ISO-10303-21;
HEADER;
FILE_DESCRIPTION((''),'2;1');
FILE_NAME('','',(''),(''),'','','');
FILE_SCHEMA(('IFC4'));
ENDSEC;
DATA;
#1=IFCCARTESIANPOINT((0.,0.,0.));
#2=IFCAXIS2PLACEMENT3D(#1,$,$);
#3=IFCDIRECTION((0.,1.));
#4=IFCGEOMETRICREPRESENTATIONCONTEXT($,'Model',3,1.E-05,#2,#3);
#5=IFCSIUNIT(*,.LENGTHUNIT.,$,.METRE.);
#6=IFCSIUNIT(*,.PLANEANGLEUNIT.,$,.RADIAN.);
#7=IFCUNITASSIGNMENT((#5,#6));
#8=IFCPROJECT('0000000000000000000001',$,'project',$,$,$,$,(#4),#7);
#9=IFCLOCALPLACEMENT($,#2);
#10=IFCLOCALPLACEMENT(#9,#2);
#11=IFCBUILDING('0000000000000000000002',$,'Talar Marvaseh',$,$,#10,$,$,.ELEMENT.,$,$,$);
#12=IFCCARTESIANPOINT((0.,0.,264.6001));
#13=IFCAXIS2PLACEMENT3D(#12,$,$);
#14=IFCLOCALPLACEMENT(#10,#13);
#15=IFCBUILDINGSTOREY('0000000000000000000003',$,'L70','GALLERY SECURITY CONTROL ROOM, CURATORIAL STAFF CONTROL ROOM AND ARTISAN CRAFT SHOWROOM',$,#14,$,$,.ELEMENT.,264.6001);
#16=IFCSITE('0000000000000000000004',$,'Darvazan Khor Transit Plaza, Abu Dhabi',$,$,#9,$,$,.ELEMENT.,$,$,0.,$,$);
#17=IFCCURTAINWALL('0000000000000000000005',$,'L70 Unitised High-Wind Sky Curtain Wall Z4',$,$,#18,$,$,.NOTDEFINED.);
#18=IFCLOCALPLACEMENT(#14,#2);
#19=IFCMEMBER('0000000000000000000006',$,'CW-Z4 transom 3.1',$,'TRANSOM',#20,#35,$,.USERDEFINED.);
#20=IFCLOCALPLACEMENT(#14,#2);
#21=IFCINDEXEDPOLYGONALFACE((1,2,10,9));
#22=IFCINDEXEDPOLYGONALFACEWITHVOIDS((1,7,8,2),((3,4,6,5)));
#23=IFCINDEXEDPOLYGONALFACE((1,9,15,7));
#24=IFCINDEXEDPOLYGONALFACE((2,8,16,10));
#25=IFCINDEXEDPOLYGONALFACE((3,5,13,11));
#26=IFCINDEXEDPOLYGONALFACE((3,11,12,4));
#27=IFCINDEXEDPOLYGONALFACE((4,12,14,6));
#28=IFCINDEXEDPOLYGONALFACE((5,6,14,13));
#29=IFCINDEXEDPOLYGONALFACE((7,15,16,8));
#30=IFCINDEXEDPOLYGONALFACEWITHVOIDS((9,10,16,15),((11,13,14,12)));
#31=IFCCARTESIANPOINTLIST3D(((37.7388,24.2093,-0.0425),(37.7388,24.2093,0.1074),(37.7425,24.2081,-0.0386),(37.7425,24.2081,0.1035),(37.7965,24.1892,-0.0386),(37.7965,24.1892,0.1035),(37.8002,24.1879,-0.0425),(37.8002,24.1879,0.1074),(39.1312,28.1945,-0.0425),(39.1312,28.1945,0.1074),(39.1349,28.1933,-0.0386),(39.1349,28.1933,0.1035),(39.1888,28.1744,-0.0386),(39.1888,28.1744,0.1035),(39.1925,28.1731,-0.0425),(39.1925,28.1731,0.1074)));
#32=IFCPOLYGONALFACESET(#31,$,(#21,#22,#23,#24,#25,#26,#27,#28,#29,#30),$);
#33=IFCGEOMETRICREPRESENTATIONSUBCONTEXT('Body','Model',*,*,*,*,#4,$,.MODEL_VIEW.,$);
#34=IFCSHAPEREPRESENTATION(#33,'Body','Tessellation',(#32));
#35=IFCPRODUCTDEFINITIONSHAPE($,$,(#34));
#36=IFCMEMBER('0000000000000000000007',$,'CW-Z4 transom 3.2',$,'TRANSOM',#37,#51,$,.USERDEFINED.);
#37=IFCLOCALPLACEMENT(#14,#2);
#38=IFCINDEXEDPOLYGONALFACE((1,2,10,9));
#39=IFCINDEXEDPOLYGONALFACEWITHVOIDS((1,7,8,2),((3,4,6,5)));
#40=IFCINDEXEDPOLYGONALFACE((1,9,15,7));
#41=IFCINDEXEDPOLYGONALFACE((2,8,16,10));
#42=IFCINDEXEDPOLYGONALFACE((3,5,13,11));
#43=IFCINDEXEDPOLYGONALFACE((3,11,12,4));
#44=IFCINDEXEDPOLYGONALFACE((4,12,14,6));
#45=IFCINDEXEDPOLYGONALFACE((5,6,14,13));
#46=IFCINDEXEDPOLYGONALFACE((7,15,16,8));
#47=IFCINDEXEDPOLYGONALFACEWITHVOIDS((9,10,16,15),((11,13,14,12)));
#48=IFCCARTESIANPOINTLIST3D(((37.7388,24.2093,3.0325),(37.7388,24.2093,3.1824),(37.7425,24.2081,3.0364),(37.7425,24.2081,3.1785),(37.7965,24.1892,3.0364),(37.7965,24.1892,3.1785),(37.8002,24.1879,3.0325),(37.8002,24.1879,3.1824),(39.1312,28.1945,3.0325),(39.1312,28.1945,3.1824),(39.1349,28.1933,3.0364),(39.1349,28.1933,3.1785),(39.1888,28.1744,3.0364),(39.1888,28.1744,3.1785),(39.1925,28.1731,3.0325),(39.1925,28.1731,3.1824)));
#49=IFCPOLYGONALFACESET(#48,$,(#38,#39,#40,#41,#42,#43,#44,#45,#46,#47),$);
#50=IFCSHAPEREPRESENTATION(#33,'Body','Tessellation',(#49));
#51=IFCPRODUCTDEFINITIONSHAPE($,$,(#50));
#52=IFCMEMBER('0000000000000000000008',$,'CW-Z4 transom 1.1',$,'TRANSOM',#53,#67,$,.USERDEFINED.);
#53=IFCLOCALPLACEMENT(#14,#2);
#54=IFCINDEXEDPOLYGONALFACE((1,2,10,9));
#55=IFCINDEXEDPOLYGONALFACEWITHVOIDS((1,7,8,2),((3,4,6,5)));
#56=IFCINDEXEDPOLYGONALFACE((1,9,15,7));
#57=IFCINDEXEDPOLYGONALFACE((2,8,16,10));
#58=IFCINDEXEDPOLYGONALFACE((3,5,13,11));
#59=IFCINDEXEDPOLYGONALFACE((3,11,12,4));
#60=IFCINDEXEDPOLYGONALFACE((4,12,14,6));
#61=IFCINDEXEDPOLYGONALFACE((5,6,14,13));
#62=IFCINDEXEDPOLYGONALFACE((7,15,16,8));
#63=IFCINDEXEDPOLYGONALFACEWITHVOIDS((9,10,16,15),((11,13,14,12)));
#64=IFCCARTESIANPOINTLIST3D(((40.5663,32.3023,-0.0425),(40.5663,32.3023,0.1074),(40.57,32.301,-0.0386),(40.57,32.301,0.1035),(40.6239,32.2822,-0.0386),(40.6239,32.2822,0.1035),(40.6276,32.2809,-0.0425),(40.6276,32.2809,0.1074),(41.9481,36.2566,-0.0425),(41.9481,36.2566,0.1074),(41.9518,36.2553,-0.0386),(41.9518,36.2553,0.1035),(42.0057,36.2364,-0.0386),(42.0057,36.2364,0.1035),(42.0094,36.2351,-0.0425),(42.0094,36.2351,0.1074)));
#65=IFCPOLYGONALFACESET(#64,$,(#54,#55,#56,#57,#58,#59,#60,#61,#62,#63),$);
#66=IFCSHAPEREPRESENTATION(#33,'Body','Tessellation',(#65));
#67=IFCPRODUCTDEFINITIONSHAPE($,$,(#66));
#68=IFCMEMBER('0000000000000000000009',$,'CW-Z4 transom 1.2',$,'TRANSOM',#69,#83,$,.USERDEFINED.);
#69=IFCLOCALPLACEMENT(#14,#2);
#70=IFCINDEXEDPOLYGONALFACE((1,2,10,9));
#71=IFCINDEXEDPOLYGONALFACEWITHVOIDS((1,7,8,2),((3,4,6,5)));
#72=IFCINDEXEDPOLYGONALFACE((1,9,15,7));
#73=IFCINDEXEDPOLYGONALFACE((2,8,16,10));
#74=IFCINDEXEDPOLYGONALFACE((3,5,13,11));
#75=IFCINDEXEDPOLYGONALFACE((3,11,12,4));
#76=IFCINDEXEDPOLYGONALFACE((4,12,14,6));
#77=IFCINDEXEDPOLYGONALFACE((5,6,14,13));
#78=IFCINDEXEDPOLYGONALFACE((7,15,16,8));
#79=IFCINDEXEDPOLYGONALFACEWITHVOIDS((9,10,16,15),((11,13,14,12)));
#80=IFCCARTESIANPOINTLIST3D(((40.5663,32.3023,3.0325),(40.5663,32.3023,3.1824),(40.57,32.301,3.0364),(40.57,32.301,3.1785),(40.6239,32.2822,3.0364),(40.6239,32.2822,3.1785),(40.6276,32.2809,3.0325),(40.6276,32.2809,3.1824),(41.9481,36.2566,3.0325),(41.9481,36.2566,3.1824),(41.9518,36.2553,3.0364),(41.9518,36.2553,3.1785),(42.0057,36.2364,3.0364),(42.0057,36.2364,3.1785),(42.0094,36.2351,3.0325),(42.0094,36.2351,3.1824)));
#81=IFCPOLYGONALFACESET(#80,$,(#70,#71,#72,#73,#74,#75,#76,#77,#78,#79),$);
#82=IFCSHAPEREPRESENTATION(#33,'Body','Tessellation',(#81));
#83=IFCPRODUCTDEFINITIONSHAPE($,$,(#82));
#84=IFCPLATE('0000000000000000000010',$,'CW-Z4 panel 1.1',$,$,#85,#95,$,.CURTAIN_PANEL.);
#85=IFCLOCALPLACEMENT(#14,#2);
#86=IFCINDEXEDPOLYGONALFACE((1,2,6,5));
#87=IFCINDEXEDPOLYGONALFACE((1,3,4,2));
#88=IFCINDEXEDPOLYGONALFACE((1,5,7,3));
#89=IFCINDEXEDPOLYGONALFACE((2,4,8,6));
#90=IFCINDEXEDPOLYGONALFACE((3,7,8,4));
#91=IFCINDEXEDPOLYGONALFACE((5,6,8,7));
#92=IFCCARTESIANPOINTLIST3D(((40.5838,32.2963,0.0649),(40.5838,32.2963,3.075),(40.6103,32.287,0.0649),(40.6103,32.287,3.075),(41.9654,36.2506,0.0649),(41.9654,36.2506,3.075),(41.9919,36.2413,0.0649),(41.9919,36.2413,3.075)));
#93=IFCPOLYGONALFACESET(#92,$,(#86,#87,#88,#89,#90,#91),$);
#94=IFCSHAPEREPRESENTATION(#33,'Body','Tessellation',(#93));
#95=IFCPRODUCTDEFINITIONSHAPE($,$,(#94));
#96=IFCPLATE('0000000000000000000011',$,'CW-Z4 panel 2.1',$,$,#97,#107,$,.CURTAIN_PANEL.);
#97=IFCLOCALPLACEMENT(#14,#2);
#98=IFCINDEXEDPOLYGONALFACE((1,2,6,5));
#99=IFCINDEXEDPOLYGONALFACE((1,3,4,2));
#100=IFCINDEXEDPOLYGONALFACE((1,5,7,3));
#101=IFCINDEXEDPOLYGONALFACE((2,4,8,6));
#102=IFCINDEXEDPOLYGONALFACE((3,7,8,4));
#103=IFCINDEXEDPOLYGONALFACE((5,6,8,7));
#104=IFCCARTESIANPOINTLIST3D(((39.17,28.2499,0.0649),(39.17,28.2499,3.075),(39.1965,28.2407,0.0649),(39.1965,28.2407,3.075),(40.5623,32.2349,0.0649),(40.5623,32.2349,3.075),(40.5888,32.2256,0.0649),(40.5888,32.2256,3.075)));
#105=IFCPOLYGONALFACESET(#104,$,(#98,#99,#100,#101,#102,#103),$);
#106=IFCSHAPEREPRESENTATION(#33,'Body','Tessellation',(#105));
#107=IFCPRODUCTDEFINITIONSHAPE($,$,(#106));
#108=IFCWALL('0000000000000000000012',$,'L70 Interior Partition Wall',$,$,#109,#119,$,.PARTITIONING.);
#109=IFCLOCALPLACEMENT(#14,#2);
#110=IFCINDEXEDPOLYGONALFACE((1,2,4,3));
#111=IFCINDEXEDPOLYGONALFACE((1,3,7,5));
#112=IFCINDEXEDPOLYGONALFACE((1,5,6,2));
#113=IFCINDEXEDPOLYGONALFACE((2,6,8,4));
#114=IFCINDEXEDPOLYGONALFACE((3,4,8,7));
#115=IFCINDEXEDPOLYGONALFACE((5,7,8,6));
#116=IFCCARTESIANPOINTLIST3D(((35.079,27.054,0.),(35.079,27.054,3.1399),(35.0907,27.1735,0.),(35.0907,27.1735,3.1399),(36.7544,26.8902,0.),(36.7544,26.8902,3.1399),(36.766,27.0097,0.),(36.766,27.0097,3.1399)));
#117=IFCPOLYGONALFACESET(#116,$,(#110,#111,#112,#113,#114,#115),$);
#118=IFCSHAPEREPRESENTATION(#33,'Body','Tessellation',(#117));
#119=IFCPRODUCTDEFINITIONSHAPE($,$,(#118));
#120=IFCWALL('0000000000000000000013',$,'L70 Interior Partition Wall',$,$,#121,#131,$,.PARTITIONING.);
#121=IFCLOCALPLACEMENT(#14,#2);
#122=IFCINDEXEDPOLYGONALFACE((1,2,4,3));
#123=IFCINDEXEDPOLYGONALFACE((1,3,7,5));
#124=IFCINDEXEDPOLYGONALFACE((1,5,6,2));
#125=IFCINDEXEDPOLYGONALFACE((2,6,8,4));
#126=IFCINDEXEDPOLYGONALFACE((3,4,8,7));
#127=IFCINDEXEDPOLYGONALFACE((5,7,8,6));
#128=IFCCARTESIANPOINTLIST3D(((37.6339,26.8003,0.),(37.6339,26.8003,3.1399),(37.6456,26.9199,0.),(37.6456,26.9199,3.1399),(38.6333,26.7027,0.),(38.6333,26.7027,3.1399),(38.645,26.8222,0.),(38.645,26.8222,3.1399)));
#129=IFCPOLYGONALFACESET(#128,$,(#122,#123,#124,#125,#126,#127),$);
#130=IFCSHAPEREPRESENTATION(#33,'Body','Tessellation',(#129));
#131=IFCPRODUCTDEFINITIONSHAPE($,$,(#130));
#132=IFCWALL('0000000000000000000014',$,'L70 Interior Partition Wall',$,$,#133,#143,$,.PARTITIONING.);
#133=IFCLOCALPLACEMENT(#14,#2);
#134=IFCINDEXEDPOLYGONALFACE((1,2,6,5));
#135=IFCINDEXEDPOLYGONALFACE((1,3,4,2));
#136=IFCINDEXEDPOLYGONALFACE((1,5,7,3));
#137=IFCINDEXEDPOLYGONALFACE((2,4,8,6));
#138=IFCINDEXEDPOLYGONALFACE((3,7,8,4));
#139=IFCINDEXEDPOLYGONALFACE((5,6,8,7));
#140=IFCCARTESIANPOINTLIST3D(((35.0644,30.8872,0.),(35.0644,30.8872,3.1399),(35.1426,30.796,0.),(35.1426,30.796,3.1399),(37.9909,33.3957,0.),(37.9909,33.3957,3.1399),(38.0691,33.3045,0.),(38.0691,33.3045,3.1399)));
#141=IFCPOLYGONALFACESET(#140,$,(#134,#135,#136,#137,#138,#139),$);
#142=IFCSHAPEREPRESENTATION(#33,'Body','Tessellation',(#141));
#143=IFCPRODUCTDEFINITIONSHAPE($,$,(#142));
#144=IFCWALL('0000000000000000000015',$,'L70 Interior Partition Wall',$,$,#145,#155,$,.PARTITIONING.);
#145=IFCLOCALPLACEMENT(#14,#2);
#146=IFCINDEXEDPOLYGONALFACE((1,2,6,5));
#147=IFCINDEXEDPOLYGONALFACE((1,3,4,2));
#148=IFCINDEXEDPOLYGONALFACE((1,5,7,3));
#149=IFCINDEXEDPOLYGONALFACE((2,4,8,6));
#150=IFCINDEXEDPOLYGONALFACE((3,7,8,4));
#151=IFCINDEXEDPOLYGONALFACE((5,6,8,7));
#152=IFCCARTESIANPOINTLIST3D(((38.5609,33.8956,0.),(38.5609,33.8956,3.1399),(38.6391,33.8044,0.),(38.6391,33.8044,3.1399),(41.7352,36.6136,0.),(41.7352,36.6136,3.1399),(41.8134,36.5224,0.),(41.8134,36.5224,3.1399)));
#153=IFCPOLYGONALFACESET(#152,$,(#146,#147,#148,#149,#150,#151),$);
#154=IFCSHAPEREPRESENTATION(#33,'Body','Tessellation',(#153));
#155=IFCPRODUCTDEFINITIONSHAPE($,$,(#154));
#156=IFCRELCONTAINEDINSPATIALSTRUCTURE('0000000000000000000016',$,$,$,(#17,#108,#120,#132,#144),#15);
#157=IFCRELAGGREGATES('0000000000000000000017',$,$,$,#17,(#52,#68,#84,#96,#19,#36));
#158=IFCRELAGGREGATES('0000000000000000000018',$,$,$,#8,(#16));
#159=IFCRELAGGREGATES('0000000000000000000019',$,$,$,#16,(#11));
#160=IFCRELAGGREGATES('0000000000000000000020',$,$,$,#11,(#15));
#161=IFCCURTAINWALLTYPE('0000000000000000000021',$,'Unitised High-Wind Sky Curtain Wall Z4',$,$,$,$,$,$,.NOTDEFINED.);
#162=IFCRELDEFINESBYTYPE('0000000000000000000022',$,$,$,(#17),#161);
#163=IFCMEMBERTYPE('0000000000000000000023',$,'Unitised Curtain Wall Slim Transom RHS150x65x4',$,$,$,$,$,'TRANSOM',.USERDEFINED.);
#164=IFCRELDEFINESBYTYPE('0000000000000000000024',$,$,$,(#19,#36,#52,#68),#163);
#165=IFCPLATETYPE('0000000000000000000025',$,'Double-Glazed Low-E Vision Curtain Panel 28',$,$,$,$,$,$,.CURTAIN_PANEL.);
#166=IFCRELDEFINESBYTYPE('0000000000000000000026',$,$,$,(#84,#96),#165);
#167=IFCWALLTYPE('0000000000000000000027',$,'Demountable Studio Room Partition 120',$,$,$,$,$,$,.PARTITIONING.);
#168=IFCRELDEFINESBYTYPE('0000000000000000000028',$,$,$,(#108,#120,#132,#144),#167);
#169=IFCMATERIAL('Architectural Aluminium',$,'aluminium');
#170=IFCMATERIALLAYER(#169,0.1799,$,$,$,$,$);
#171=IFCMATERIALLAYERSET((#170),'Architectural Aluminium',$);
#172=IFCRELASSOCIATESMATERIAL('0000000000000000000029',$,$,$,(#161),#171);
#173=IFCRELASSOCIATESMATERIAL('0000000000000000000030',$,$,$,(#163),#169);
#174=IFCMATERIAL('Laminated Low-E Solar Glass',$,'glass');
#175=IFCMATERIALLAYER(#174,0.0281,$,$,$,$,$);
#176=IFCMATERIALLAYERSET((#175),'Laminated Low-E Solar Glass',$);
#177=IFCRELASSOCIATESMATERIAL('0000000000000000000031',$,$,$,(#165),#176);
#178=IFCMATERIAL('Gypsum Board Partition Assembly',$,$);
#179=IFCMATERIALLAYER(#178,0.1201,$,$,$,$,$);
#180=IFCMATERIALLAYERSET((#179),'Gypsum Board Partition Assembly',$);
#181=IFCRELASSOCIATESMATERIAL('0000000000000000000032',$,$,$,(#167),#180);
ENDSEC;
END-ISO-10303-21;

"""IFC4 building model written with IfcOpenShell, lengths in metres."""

from ifc_helpers import new_model, si_unit, direction, frame, frame_2d, origin, origin_2d, place, context, subcontext, project, spatial, rectangle, hollow_rectangle, extrude, source, transform, mapped, material, layer, layer_set, material_profile, profile_set, type_object, type_shapes, element, aggregate, save


model = new_model("IFC4")

# Units and contexts
model_context = context("Model", 3, precision=1e-05, world=origin(), true_north=direction((0.0, 1.0)))
body_context = subcontext(model_context, "Body", "Model", "MODEL_VIEW")
ifc_project = project(units=[si_unit("LENGTHUNIT", "METRE"), si_unit("PLANEANGLEUNIT", "RADIAN")], contexts=[model_context])

# Site, building, storey
site_placement = place(None, origin())
site = spatial("IfcSite", under=ifc_project, at=site_placement, Name="Darvazan Khor Transit Plaza, Abu Dhabi", CompositionType="ELEMENT", RefElevation=0.0)
building_placement = place(site_placement, origin())
building = spatial("IfcBuilding", under=site, at=building_placement, Name="Talar Marvaseh", CompositionType="ELEMENT")
storey_placement = place(building_placement, frame((0.0, 0.0, 264.6001)))
storey = spatial("IfcBuildingStorey", under=building, at=storey_placement, Name="L70", Description="GALLERY SECURITY CONTROL ROOM, CURATORIAL STAFF CONTROL ROOM AND ARTISAN CRAFT SHOWROOM", CompositionType="ELEMENT", Elevation=264.6001)

# Curtain wall, members, plates
ifc_material_1 = material(Name="Architectural Aluminium", Category="aluminium")
ifc_layer_1 = layer(ifc_material_1, 0.1799)
ifc_layer_set_1 = layer_set([ifc_layer_1], Name="Architectural Aluminium")
curtain_wall_type = type_object("IfcCurtainWallType", Name="Unitised High-Wind Sky Curtain Wall Z4", PredefinedType="NOTDEFINED", material=ifc_layer_set_1)
curtain_wall_placement = place(storey_placement, origin())
curtain_wall = element("IfcCurtainWall", 1, at=curtain_wall_placement, inside=storey, type_object=curtain_wall_type, Name="L70 Unitised High-Wind Sky Curtain Wall Z4", PredefinedType="NOTDEFINED")
ifc_material_profile_1 = material_profile(ifc_material_1, hollow_rectangle(XDim=0.0649, YDim=0.1499, WallThickness=0.0039, at=origin_2d()), Name="RHS150x65x4")
ifc_profile_set_1 = profile_set([ifc_material_profile_1], Name="Architectural Aluminium")
member_type_1 = type_object("IfcMemberType", Name="Unitised Curtain Wall Slim Transom RHS150x65x4", ElementType="TRANSOM", PredefinedType="USERDEFINED", material=ifc_profile_set_1)
shared_shape_1 = source(origin(), body_context, "Body", "SweptSolid", [
    extrude(hollow_rectangle(XDim=0.0649, YDim=0.1499, WallThickness=0.0039, at=origin_2d()), origin(), (0.0, 0.0, 1.0), 4.2214),
])
member_1_placement = place(storey_placement, frame((39.1619, 28.1838, 0.0325), z_axis=(-0.329833, -0.944039, 0.0), x_axis=(0.944039, -0.329833, 0.0)))
member_1 = element("IfcMember", 2, at=member_1_placement, type_object=member_type_1, Name="CW-Z4 transom 3.1", ObjectType="TRANSOM", PredefinedType="USERDEFINED", context=body_context, shape_type="MappedRepresentation", body=[
    mapped(shared_shape_1, transform((0.0, 0.0, 0.0), x_axis=(1.0, 0.0, 0.0), y_axis=(0.0, 1.0, 0.0), z_axis=(0.0, 0.0, 1.0), scale=1.0)),
])
member_2_placement = place(storey_placement, frame((39.1619, 28.1838, 3.1074), z_axis=(-0.329833, -0.944039, 0.0), x_axis=(0.944039, -0.329833, 0.0)))
member_2 = element("IfcMember", 3, at=member_2_placement, type_object=member_type_1, Name="CW-Z4 transom 3.2", ObjectType="TRANSOM", PredefinedType="USERDEFINED", context=body_context, shape_type="MappedRepresentation", body=[
    mapped(shared_shape_1, transform((0.0, 0.0, 0.0), x_axis=(1.0, 0.0, 0.0), y_axis=(0.0, 1.0, 0.0), z_axis=(0.0, 0.0, 1.0), scale=1.0)),
])
shared_shape_2 = source(origin(), body_context, "Body", "SweptSolid", [
    extrude(hollow_rectangle(XDim=0.0649, YDim=0.1499, WallThickness=0.0039, at=origin_2d()), origin(), (0.0, 0.0, 1.0), 4.1887),
])
type_shapes(member_type_1, [shared_shape_1, shared_shape_2])
member_3_placement = place(storey_placement, frame((41.9788, 36.2458, 0.0325), z_axis=(-0.329886, -0.944021, 0.0), x_axis=(0.944021, -0.329886, 0.0)))
member_3 = element("IfcMember", 4, at=member_3_placement, type_object=member_type_1, Name="CW-Z4 transom 1.1", ObjectType="TRANSOM", PredefinedType="USERDEFINED", context=body_context, shape_type="MappedRepresentation", body=[
    mapped(shared_shape_2, transform((0.0, 0.0, 0.0), x_axis=(1.0, 0.0, 0.0), y_axis=(0.0, 1.0, 0.0), z_axis=(0.0, 0.0, 1.0), scale=1.0)),
])
member_4_placement = place(storey_placement, frame((41.9788, 36.2458, 3.1074), z_axis=(-0.329886, -0.944021, 0.0), x_axis=(0.944021, -0.329886, 0.0)))
member_4 = element("IfcMember", 5, at=member_4_placement, type_object=member_type_1, Name="CW-Z4 transom 1.2", ObjectType="TRANSOM", PredefinedType="USERDEFINED", context=body_context, shape_type="MappedRepresentation", body=[
    mapped(shared_shape_2, transform((0.0, 0.0, 0.0), x_axis=(1.0, 0.0, 0.0), y_axis=(0.0, 1.0, 0.0), z_axis=(0.0, 0.0, 1.0), scale=1.0)),
])
ifc_material_2 = material(Name="Laminated Low-E Solar Glass", Category="glass")
ifc_layer_2 = layer(ifc_material_2, 0.0281)
ifc_layer_set_2 = layer_set([ifc_layer_2], Name="Laminated Low-E Solar Glass")
plate_type = type_object("IfcPlateType", Name="Double-Glazed Low-E Vision Curtain Panel 28", PredefinedType="CURTAIN_PANEL", material=ifc_layer_set_2)
shared_shape_3 = source(origin(), body_context, "Body", "SweptSolid", [
    extrude(rectangle(XDim=4.1887, YDim=0.0281, at=origin_2d()), origin(), (0.0, 0.0, 1.0), 3.01),
])
plate_1_placement = place(storey_placement, frame((41.2878, 34.2688, 0.0649), z_axis=(0.0, 0.0, 1.0), x_axis=(-0.329838, -0.944038, 0.0)))
plate_1 = element("IfcPlate", 6, at=plate_1_placement, type_object=plate_type, Name="CW-Z4 panel 1.1", PredefinedType="CURTAIN_PANEL", context=body_context, shape_type="MappedRepresentation", body=[
    mapped(shared_shape_3, transform((0.0, 0.0, 0.0), x_axis=(1.0, 0.0, 0.0), y_axis=(0.0, 1.0, 0.0), z_axis=(0.0, 0.0, 1.0), scale=1.0)),
])
shared_shape_4 = source(origin(), body_context, "Body", "SweptSolid", [
    extrude(rectangle(XDim=4.2212, YDim=0.0281, at=origin_2d()), origin(), (0.0, 0.0, 1.0), 3.01),
])
type_shapes(plate_type, [shared_shape_3, shared_shape_4])
plate_2_placement = place(storey_placement, frame((39.8794, 30.2378, 0.0649), z_axis=(0.0, 0.0, 1.0), x_axis=(-0.329838, -0.944038, 0.0)))
plate_2 = element("IfcPlate", 7, at=plate_2_placement, type_object=plate_type, Name="CW-Z4 panel 2.1", PredefinedType="CURTAIN_PANEL", context=body_context, shape_type="MappedRepresentation", body=[
    mapped(shared_shape_4, transform((0.0, 0.0, 0.0), x_axis=(1.0, 0.0, 0.0), y_axis=(0.0, 1.0, 0.0), z_axis=(0.0, 0.0, 1.0), scale=1.0)),
])
aggregate(curtain_wall, [member_3, member_4, plate_1, plate_2, member_1, member_2])

# Walls
ifc_material_3 = material(Name="Gypsum Board Partition Assembly")
ifc_layer_3 = layer(ifc_material_3, 0.1201)
ifc_layer_set_3 = layer_set([ifc_layer_3], Name="Gypsum Board Partition Assembly")
wall_type = type_object("IfcWallType", Name="Demountable Studio Room Partition 120", PredefinedType="PARTITIONING", material=ifc_layer_set_3)
wall_1_placement = place(storey_placement, frame((35.0847, 27.1138, 0.0), z_axis=(0.0, 0.0, 1.0), x_axis=(0.995253, -0.097321, 0.0)))
element("IfcWall", 8, at=wall_1_placement, inside=storey, type_object=wall_type, Name="L70 Interior Partition Wall", PredefinedType="PARTITIONING", context=body_context, shape_type="SweptSolid", body=[
    extrude(rectangle(XDim=1.6833, YDim=0.1201, at=frame_2d((0.8418, 0.0))), origin(), (0.0, 0.0, 1.0), 3.1399),
])
wall_2_placement = place(storey_placement, frame((37.6399, 26.8601, 0.0), z_axis=(0.0, 0.0, 1.0), x_axis=(0.995261, -0.097241, 0.0)))
element("IfcWall", 9, at=wall_2_placement, inside=storey, type_object=wall_type, Name="L70 Interior Partition Wall", PredefinedType="PARTITIONING", context=body_context, shape_type="SweptSolid", body=[
    extrude(rectangle(XDim=1.0042, YDim=0.1201, at=frame_2d((0.502, 0.0))), origin(), (0.0, 0.0, 1.0), 3.1399),
])
wall_3_placement = place(storey_placement, frame((35.1035, 30.8416, 0.0), z_axis=(0.0, 0.0, 1.0), x_axis=(0.759243, 0.650807, 0.0)))
element("IfcWall", 10, at=wall_3_placement, inside=storey, type_object=wall_type, Name="L70 Interior Partition Wall", PredefinedType="PARTITIONING", context=body_context, shape_type="SweptSolid", body=[
    extrude(rectangle(XDim=3.8545, YDim=0.1201, at=frame_2d((1.9272, 0.0))), origin(), (0.0, 0.0, 1.0), 3.1399),
])
wall_4_placement = place(storey_placement, frame((38.6001, 33.8501, 0.0), z_axis=(0.0, 0.0, 1.0), x_axis=(0.759591, 0.650402, 0.0)))
element("IfcWall", 11, at=wall_4_placement, inside=storey, type_object=wall_type, Name="L70 Interior Partition Wall", PredefinedType="PARTITIONING", context=body_context, shape_type="SweptSolid", body=[
    extrude(rectangle(XDim=4.179, YDim=0.1201, at=frame_2d((2.0894, 0.0))), origin(), (0.0, 0.0, 1.0), 3.1399),
])

save(model, "model.ifc")
